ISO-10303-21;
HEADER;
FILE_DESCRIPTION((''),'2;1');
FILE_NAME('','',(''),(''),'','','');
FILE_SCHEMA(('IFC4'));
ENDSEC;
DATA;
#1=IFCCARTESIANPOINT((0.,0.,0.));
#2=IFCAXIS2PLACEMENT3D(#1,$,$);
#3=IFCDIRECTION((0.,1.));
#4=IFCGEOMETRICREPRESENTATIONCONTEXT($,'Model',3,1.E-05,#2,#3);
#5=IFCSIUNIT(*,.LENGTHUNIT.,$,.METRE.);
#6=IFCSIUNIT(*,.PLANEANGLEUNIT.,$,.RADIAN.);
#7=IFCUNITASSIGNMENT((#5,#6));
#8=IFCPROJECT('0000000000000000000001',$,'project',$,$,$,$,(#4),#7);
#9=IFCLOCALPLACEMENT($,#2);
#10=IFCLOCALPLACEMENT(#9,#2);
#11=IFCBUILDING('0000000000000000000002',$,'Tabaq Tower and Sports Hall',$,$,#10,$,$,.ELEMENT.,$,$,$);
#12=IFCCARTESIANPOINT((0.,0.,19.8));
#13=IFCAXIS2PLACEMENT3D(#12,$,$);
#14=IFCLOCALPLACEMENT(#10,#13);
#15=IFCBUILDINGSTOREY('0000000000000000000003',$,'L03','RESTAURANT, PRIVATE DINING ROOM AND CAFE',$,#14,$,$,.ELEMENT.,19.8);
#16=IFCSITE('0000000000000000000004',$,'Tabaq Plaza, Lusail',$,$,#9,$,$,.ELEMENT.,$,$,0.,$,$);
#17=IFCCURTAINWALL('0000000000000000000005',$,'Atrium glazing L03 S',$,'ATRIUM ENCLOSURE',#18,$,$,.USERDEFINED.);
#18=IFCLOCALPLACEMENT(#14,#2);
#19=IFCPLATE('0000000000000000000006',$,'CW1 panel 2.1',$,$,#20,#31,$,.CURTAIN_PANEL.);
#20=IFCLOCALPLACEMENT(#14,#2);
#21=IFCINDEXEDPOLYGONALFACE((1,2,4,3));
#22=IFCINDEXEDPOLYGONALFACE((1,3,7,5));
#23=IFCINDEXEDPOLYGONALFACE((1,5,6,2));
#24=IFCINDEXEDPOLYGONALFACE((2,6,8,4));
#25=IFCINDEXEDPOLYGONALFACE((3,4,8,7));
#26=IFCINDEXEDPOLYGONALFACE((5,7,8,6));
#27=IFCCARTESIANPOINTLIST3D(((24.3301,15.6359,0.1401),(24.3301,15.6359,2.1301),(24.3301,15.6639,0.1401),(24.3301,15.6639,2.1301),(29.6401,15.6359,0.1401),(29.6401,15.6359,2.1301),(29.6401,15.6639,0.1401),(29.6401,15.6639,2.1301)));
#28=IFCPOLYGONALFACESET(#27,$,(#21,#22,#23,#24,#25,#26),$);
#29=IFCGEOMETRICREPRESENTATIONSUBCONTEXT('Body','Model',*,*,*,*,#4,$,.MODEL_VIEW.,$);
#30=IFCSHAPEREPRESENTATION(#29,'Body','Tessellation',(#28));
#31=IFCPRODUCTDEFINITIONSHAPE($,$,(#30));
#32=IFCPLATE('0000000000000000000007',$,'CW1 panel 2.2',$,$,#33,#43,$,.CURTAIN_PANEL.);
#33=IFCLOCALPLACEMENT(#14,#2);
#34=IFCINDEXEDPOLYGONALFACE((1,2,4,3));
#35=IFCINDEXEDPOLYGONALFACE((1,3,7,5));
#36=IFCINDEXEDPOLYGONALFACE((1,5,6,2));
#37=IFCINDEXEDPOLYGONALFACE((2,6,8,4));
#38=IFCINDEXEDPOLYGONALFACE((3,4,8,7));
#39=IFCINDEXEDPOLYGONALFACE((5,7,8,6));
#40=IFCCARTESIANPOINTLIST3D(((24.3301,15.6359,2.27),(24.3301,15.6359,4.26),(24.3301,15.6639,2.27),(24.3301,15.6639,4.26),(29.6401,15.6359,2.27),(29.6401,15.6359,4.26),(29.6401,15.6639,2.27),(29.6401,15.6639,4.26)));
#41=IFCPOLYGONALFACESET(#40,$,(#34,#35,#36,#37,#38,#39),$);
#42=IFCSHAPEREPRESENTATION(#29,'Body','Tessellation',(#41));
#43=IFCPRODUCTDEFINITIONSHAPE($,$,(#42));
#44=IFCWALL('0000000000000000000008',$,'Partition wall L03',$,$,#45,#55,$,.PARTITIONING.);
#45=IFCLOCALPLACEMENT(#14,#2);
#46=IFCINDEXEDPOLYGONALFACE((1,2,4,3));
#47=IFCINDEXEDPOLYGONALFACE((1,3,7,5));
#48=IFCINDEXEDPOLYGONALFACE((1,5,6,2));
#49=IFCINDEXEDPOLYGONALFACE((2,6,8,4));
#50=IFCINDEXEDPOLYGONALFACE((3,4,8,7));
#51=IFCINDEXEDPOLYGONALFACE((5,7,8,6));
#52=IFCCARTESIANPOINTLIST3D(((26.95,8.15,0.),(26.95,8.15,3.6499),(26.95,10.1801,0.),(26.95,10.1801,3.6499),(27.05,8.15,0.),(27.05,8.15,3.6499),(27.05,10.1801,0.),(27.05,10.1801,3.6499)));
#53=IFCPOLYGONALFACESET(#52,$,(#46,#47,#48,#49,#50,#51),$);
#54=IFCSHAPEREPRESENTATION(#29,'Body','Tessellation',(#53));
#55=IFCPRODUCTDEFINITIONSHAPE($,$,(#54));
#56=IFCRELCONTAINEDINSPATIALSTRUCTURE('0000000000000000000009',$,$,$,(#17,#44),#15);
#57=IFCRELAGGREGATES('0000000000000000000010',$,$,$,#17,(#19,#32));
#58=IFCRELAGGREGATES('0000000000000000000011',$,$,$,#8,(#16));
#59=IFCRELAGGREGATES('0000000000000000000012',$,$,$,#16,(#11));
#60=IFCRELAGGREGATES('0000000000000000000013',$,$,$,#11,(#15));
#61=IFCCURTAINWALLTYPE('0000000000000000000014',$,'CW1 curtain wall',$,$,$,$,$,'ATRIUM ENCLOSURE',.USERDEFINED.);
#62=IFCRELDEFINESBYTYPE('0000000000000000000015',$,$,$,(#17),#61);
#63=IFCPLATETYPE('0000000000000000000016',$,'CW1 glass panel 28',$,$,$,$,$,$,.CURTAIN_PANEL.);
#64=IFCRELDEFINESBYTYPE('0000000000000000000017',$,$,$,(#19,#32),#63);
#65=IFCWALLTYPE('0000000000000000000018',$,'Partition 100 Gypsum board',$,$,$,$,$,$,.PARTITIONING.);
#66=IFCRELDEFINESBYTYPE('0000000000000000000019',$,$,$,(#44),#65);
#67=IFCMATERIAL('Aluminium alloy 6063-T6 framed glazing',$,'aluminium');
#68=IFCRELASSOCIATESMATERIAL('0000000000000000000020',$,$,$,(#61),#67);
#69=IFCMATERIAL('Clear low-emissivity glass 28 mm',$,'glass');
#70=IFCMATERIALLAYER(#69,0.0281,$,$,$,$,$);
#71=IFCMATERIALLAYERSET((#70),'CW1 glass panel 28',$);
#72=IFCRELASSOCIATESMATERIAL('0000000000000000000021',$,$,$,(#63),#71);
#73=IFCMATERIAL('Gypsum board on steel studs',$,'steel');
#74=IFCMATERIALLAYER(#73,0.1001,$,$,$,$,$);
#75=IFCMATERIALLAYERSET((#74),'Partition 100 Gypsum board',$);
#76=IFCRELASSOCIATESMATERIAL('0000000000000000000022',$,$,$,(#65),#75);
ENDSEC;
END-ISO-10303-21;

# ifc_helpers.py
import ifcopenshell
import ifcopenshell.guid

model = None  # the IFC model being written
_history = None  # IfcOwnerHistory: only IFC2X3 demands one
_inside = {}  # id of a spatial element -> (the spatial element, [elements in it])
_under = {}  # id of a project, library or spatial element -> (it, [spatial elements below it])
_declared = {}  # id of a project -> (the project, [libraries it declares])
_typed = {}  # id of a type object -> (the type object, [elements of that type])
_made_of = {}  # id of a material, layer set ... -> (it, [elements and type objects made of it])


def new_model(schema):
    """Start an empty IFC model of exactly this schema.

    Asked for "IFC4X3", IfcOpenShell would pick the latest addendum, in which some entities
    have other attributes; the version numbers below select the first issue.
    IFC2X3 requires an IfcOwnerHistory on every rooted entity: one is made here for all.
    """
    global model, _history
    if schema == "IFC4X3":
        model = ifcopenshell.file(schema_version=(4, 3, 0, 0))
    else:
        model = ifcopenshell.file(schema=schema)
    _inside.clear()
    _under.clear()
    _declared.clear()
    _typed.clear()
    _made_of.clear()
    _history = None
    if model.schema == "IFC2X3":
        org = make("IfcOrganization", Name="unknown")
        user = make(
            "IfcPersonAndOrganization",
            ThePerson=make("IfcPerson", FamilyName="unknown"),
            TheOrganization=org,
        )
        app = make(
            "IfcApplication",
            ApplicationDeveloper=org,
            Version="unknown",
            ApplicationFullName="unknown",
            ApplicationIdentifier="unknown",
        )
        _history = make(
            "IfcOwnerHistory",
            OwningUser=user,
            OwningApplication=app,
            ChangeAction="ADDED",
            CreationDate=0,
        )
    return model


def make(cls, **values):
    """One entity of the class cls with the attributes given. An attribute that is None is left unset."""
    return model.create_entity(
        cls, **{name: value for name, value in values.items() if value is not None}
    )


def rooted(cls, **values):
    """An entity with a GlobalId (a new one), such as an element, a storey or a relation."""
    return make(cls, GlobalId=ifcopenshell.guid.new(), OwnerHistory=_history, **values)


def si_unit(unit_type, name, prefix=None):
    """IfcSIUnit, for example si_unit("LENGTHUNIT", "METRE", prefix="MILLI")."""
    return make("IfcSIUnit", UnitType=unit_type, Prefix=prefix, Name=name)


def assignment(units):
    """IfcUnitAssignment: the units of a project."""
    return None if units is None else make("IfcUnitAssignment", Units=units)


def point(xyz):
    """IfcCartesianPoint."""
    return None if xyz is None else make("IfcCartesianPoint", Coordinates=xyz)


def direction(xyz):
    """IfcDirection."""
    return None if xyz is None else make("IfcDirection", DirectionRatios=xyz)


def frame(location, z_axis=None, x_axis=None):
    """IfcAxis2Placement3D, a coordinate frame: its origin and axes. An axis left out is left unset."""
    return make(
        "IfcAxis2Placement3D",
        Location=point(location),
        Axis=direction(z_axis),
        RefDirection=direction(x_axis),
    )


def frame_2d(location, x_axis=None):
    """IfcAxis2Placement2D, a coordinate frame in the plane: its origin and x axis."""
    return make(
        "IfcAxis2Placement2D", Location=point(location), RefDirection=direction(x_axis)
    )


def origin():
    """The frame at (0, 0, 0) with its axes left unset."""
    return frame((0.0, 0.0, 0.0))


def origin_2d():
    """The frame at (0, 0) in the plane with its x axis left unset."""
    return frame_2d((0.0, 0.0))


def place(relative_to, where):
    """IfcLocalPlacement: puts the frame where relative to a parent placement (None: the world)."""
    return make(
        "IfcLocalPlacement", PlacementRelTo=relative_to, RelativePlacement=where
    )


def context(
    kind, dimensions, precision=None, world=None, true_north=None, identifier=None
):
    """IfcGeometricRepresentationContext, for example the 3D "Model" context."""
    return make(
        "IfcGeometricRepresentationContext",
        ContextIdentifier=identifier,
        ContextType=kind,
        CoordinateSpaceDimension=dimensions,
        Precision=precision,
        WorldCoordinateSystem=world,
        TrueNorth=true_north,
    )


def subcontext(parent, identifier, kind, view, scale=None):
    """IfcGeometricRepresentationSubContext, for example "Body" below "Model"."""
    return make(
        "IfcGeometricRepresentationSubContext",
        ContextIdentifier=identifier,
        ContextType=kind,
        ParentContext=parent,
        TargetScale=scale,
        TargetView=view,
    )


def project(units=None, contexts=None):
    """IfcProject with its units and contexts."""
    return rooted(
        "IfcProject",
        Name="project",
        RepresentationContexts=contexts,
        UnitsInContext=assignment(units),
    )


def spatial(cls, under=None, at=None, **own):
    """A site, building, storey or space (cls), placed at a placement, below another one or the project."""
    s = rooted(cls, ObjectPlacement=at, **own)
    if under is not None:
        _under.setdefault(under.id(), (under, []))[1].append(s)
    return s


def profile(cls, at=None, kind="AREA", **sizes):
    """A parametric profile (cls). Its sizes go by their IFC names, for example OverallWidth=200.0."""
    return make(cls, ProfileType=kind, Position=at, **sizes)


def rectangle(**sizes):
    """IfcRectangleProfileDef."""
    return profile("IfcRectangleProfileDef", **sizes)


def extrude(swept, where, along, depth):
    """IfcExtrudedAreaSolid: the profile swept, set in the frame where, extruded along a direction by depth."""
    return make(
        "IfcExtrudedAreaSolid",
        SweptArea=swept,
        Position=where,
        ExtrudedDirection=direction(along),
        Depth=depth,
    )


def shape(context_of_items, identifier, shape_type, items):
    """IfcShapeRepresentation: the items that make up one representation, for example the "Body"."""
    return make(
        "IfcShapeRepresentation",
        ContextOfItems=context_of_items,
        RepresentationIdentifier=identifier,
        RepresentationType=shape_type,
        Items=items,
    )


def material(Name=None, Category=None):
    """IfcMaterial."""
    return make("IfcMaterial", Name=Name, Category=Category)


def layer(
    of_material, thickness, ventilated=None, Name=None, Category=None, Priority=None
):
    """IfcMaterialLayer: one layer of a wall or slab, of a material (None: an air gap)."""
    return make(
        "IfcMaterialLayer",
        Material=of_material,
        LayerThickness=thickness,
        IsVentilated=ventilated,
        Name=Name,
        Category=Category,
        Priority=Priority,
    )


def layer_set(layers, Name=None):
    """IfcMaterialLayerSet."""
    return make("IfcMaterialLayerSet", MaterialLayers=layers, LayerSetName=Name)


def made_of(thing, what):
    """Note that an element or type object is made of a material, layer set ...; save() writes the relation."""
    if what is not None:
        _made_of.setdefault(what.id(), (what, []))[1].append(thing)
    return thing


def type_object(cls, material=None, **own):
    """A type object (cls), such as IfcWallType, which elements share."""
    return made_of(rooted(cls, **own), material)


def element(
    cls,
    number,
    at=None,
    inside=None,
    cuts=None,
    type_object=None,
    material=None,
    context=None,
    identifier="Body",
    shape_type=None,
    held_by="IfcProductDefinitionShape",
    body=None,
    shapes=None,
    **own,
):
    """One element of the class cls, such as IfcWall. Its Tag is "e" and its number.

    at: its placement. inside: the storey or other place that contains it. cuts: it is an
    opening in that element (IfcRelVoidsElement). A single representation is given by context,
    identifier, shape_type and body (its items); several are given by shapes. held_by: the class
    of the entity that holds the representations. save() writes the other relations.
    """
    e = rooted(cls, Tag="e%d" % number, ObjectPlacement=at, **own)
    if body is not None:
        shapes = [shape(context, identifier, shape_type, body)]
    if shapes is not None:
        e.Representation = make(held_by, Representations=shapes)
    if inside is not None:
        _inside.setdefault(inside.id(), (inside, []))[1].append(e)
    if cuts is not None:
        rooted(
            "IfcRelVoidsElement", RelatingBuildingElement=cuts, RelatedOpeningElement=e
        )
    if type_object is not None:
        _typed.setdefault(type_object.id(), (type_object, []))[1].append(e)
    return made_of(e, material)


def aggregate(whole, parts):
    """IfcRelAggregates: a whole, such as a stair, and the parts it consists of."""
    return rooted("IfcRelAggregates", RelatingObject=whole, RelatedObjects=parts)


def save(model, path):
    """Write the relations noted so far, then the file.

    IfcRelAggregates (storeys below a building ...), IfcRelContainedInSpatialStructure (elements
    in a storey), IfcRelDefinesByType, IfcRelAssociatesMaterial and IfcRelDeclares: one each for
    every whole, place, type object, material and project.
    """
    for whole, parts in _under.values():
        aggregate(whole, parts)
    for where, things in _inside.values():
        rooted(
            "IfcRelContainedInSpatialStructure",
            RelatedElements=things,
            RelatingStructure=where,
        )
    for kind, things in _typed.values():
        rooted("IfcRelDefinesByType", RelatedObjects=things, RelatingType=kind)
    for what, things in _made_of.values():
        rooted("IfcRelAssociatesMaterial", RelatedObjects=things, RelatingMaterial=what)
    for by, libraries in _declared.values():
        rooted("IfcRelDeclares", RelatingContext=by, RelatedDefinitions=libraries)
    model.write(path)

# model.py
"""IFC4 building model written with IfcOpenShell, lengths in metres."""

from ifc_helpers import new_model, si_unit, direction, frame, frame_2d, origin, origin_2d, place, context, subcontext, project, spatial, rectangle, extrude, material, layer, layer_set, type_object, element, aggregate, save


model = new_model("IFC4")

# Units and contexts
model_context = context("Model", 3, precision=1e-05, world=origin(), true_north=direction((0.0, 1.0)))
body_context = subcontext(model_context, "Body", "Model", "MODEL_VIEW")
ifc_project = project(units=[si_unit("LENGTHUNIT", "METRE"), si_unit("PLANEANGLEUNIT", "RADIAN")], contexts=[model_context])

# Site, building, storey
site_placement = place(None, origin())
site = spatial("IfcSite", under=ifc_project, at=site_placement, Name="Tabaq Plaza, Lusail", CompositionType="ELEMENT", RefElevation=0.0)
building_placement = place(site_placement, origin())
building = spatial("IfcBuilding", under=site, at=building_placement, Name="Tabaq Tower and Sports Hall", CompositionType="ELEMENT")
storey_placement = place(building_placement, frame((0.0, 0.0, 19.8)))
storey = spatial("IfcBuildingStorey", under=building, at=storey_placement, Name="L03", Description="RESTAURANT, PRIVATE DINING ROOM AND CAFE", CompositionType="ELEMENT", Elevation=19.8)

# Curtain wall
ifc_material_1 = material(Name="Aluminium alloy 6063-T6 framed glazing", Category="aluminium")
curtain_wall_type = type_object("IfcCurtainWallType", Name="CW1 curtain wall", ElementType="ATRIUM ENCLOSURE", PredefinedType="USERDEFINED", material=ifc_material_1)
curtain_wall_placement = place(storey_placement, origin())
curtain_wall = element("IfcCurtainWall", 1, at=curtain_wall_placement, inside=storey, type_object=curtain_wall_type, Name="Atrium glazing L03 S", ObjectType="ATRIUM ENCLOSURE", PredefinedType="USERDEFINED")

# Plates
ifc_material_2 = material(Name="Clear low-emissivity glass 28 mm", Category="glass")
ifc_layer_1 = layer(ifc_material_2, 0.0281)
ifc_layer_set_1 = layer_set([ifc_layer_1], Name="CW1 glass panel 28")
plate_type = type_object("IfcPlateType", Name="CW1 glass panel 28", PredefinedType="CURTAIN_PANEL", material=ifc_layer_set_1)
plate_1_placement = place(storey_placement, frame((26.9851, 15.6499, 0.1401), z_axis=(0.0, 0.0, 1.0), x_axis=(1.0, 0.0, 0.0)))
plate_1 = element("IfcPlate", 2, at=plate_1_placement, type_object=plate_type, Name="CW1 panel 2.1", PredefinedType="CURTAIN_PANEL", context=body_context, shape_type="SweptSolid", body=[
    extrude(rectangle(XDim=5.3101, YDim=0.0281, at=origin_2d()), origin(), (0.0, 0.0, 1.0), 1.99),
])
plate_2_placement = place(storey_placement, frame((26.9851, 15.6499, 2.27), z_axis=(0.0, 0.0, 1.0), x_axis=(1.0, 0.0, 0.0)))
plate_2 = element("IfcPlate", 3, at=plate_2_placement, type_object=plate_type, Name="CW1 panel 2.2", PredefinedType="CURTAIN_PANEL", context=body_context, shape_type="SweptSolid", body=[
    extrude(rectangle(XDim=5.3101, YDim=0.0281, at=origin_2d()), origin(), (0.0, 0.0, 1.0), 1.99),
])
aggregate(curtain_wall, [plate_1, plate_2])

# Wall
ifc_material_3 = material(Name="Gypsum board on steel studs", Category="steel")
ifc_layer_2 = layer(ifc_material_3, 0.1001)
ifc_layer_set_2 = layer_set([ifc_layer_2], Name="Partition 100 Gypsum board")
wall_type = type_object("IfcWallType", Name="Partition 100 Gypsum board", PredefinedType="PARTITIONING", material=ifc_layer_set_2)
wall_placement = place(storey_placement, frame((27.0, 8.1499, 0.0), z_axis=(0.0, 0.0, 1.0), x_axis=(0.0, 1.0, 0.0)))
element("IfcWall", 4, at=wall_placement, inside=storey, type_object=wall_type, Name="Partition wall L03", PredefinedType="PARTITIONING", context=body_context, shape_type="SweptSolid", body=[
    extrude(rectangle(XDim=2.03, YDim=0.1001, at=frame_2d((1.0151, 0.0))), origin(), (0.0, 0.0, 1.0), 3.6499),
])

save(model, "model.ifc")
